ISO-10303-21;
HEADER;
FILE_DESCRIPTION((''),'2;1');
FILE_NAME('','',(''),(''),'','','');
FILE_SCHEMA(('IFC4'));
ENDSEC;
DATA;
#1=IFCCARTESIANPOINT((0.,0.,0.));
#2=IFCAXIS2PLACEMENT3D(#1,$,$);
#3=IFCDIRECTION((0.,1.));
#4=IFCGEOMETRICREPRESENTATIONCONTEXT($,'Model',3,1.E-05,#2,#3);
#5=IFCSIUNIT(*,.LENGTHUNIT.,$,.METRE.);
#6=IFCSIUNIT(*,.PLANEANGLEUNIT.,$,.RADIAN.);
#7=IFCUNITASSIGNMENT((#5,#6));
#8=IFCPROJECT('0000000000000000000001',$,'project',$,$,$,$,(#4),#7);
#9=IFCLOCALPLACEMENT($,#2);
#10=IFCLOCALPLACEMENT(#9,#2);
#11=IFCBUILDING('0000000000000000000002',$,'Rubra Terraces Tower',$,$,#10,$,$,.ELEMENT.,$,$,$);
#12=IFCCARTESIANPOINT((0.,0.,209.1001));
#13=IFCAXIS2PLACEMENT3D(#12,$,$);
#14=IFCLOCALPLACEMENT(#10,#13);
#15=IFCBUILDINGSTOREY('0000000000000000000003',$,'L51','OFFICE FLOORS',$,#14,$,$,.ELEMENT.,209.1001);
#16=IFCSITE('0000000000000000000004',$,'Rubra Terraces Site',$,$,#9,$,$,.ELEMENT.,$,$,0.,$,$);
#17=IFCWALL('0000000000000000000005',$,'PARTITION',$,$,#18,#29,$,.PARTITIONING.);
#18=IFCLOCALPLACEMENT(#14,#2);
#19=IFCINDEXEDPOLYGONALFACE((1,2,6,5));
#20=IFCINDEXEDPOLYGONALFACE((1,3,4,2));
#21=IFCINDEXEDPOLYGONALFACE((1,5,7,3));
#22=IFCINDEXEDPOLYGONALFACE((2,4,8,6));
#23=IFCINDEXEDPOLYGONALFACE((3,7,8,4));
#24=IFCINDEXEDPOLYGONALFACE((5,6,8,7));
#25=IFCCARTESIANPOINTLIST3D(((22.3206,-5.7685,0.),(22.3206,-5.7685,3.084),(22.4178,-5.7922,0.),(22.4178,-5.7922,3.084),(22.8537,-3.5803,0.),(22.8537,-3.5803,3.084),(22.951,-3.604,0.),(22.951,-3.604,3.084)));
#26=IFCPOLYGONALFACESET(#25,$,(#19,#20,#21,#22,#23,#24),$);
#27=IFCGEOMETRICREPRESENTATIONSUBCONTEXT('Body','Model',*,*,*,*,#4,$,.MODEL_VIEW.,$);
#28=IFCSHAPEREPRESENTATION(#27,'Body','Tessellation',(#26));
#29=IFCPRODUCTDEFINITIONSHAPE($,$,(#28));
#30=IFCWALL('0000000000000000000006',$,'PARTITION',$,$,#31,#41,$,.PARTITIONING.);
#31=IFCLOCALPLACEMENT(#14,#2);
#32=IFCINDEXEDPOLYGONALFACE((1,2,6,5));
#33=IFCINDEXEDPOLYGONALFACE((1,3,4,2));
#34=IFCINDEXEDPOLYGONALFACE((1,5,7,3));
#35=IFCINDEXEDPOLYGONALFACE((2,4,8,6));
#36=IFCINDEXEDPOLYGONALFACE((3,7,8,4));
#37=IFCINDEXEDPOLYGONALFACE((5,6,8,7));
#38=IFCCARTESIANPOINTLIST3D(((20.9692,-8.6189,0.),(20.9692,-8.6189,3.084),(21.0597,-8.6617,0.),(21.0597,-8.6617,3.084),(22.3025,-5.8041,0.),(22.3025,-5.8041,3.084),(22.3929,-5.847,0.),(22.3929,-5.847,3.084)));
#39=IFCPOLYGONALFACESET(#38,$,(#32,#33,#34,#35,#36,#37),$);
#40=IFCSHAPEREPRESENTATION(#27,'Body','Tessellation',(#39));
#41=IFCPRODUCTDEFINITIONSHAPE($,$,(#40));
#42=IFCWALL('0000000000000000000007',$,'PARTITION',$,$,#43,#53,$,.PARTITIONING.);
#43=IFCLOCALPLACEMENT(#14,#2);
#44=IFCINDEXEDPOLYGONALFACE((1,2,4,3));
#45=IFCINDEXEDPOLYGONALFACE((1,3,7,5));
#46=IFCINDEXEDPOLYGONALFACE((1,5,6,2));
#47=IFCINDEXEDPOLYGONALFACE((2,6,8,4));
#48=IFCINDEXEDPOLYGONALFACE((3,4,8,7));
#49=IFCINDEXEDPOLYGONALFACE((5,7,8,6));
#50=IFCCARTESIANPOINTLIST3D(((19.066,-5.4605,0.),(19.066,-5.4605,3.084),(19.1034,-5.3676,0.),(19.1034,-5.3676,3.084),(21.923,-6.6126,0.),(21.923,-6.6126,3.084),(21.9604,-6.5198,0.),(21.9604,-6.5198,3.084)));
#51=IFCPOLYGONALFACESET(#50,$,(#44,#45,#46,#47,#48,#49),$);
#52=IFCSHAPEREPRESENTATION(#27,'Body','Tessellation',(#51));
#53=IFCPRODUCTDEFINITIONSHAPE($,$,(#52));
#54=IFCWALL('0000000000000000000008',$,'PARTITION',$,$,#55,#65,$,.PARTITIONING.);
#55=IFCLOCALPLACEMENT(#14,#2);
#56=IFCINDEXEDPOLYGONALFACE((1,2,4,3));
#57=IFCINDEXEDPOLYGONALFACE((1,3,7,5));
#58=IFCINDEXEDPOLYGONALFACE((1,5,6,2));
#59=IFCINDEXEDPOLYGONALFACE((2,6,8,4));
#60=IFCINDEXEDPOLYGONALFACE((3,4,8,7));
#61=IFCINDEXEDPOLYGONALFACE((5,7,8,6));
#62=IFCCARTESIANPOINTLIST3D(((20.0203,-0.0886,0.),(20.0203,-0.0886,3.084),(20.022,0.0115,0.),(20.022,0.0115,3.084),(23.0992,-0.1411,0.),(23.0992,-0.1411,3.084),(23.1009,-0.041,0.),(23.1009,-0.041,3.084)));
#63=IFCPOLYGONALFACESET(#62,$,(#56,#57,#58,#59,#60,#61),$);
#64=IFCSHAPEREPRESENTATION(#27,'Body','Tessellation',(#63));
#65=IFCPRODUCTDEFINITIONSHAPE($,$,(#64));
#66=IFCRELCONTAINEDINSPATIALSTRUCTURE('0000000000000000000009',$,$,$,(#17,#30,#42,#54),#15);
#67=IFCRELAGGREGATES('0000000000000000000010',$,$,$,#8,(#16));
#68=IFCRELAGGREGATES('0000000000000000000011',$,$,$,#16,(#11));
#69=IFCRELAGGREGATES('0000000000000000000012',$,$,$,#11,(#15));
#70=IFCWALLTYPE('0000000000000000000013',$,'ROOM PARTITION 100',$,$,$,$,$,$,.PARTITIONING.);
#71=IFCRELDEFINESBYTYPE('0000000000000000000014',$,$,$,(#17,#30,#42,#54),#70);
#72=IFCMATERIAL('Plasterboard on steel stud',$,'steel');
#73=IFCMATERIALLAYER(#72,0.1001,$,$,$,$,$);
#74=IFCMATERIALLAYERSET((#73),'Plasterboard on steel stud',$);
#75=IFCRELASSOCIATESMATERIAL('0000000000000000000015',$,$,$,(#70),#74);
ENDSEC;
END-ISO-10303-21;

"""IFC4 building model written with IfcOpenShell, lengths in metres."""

from ifc_helpers import new_model, si_unit, direction, frame, frame_2d, origin, place, context, subcontext, project, spatial, rectangle, extrude, material, layer, layer_set, type_object, element, save


model = new_model("IFC4")

# Units and contexts
model_context = context("Model", 3, precision=1e-05, world=origin(), true_north=direction((0.0, 1.0)))
body_context = subcontext(model_context, "Body", "Model", "MODEL_VIEW")
ifc_project = project(units=[si_unit("LENGTHUNIT", "METRE"), si_unit("PLANEANGLEUNIT", "RADIAN")], contexts=[model_context])

# Site, building, storey
site_placement = place(None, origin())
site = spatial("IfcSite", under=ifc_project, at=site_placement, Name="Rubra Terraces Site", CompositionType="ELEMENT", RefElevation=0.0)
building_placement = place(site_placement, origin())
building = spatial("IfcBuilding", under=site, at=building_placement, Name="Rubra Terraces Tower", CompositionType="ELEMENT")
storey_placement = place(building_placement, frame((0.0, 0.0, 209.1001)))
storey = spatial("IfcBuildingStorey", under=building, at=storey_placement, Name="L51", Description="OFFICE FLOORS", CompositionType="ELEMENT", Elevation=209.1001)

# Walls
ifc_material_1 = material(Name="Plasterboard on steel stud", Category="steel")
ifc_layer_1 = layer(ifc_material_1, 0.1001)
ifc_layer_set_1 = layer_set([ifc_layer_1], Name="Plasterboard on steel stud")
wall_type_1 = type_object("IfcWallType", Name="ROOM PARTITION 100", PredefinedType="PARTITIONING", material=ifc_layer_set_1)
wall_1_placement = place(storey_placement, frame((22.9023, -3.5923, 0.0), z_axis=(0.0, 0.0, 1.0), x_axis=(-0.236742, -0.971573, 0.0)))
element("IfcWall", 1, at=wall_1_placement, inside=storey, type_object=wall_type_1, Name="PARTITION", PredefinedType="PARTITIONING", context=body_context, shape_type="SweptSolid", body=[
    extrude(rectangle(XDim=2.2522, YDim=0.1001, at=frame_2d((1.126, 0.0))), origin(), (0.0, 0.0, 1.0), 3.084),
])
wall_2_placement = place(storey_placement, frame((22.3477, -5.8257, 0.0), z_axis=(0.0, 0.0, 1.0), x_axis=(-0.42808, -0.903741, 0.0)))
element("IfcWall", 2, at=wall_2_placement, inside=storey, type_object=wall_type_1, Name="PARTITION", PredefinedType="PARTITIONING", context=body_context, shape_type="SweptSolid", body=[
    extrude(rectangle(XDim=3.1145, YDim=0.1001, at=frame_2d((1.5571, 0.0))), origin(), (0.0, 0.0, 1.0), 3.084),
])
wall_3_placement = place(storey_placement, frame((19.0847, -5.4141, 0.0), z_axis=(0.0, 0.0, 1.0), x_axis=(0.927429, -0.373999, 0.0)))
element("IfcWall", 3, at=wall_3_placement, inside=storey, type_object=wall_type_1, Name="PARTITION", PredefinedType="PARTITIONING", context=body_context, shape_type="SweptSolid", body=[
    extrude(rectangle(XDim=3.0806, YDim=0.1001, at=frame_2d((1.5403, 0.0))), origin(), (0.0, 0.0, 1.0), 3.084),
])
wall_4_placement = place(storey_placement, frame((20.0212, -0.0386, 0.0), z_axis=(0.0, 0.0, 1.0), x_axis=(0.999855, -0.017046, 0.0)))
element("IfcWall", 4, at=wall_4_placement, inside=storey, type_object=wall_type_1, Name="PARTITION", PredefinedType="PARTITIONING", context=body_context, shape_type="SweptSolid", body=[
    extrude(rectangle(XDim=3.0793, YDim=0.1001, at=frame_2d((1.5396, 0.0))), origin(), (0.0, 0.0, 1.0), 3.084),
])

save(model, "model.ifc")
